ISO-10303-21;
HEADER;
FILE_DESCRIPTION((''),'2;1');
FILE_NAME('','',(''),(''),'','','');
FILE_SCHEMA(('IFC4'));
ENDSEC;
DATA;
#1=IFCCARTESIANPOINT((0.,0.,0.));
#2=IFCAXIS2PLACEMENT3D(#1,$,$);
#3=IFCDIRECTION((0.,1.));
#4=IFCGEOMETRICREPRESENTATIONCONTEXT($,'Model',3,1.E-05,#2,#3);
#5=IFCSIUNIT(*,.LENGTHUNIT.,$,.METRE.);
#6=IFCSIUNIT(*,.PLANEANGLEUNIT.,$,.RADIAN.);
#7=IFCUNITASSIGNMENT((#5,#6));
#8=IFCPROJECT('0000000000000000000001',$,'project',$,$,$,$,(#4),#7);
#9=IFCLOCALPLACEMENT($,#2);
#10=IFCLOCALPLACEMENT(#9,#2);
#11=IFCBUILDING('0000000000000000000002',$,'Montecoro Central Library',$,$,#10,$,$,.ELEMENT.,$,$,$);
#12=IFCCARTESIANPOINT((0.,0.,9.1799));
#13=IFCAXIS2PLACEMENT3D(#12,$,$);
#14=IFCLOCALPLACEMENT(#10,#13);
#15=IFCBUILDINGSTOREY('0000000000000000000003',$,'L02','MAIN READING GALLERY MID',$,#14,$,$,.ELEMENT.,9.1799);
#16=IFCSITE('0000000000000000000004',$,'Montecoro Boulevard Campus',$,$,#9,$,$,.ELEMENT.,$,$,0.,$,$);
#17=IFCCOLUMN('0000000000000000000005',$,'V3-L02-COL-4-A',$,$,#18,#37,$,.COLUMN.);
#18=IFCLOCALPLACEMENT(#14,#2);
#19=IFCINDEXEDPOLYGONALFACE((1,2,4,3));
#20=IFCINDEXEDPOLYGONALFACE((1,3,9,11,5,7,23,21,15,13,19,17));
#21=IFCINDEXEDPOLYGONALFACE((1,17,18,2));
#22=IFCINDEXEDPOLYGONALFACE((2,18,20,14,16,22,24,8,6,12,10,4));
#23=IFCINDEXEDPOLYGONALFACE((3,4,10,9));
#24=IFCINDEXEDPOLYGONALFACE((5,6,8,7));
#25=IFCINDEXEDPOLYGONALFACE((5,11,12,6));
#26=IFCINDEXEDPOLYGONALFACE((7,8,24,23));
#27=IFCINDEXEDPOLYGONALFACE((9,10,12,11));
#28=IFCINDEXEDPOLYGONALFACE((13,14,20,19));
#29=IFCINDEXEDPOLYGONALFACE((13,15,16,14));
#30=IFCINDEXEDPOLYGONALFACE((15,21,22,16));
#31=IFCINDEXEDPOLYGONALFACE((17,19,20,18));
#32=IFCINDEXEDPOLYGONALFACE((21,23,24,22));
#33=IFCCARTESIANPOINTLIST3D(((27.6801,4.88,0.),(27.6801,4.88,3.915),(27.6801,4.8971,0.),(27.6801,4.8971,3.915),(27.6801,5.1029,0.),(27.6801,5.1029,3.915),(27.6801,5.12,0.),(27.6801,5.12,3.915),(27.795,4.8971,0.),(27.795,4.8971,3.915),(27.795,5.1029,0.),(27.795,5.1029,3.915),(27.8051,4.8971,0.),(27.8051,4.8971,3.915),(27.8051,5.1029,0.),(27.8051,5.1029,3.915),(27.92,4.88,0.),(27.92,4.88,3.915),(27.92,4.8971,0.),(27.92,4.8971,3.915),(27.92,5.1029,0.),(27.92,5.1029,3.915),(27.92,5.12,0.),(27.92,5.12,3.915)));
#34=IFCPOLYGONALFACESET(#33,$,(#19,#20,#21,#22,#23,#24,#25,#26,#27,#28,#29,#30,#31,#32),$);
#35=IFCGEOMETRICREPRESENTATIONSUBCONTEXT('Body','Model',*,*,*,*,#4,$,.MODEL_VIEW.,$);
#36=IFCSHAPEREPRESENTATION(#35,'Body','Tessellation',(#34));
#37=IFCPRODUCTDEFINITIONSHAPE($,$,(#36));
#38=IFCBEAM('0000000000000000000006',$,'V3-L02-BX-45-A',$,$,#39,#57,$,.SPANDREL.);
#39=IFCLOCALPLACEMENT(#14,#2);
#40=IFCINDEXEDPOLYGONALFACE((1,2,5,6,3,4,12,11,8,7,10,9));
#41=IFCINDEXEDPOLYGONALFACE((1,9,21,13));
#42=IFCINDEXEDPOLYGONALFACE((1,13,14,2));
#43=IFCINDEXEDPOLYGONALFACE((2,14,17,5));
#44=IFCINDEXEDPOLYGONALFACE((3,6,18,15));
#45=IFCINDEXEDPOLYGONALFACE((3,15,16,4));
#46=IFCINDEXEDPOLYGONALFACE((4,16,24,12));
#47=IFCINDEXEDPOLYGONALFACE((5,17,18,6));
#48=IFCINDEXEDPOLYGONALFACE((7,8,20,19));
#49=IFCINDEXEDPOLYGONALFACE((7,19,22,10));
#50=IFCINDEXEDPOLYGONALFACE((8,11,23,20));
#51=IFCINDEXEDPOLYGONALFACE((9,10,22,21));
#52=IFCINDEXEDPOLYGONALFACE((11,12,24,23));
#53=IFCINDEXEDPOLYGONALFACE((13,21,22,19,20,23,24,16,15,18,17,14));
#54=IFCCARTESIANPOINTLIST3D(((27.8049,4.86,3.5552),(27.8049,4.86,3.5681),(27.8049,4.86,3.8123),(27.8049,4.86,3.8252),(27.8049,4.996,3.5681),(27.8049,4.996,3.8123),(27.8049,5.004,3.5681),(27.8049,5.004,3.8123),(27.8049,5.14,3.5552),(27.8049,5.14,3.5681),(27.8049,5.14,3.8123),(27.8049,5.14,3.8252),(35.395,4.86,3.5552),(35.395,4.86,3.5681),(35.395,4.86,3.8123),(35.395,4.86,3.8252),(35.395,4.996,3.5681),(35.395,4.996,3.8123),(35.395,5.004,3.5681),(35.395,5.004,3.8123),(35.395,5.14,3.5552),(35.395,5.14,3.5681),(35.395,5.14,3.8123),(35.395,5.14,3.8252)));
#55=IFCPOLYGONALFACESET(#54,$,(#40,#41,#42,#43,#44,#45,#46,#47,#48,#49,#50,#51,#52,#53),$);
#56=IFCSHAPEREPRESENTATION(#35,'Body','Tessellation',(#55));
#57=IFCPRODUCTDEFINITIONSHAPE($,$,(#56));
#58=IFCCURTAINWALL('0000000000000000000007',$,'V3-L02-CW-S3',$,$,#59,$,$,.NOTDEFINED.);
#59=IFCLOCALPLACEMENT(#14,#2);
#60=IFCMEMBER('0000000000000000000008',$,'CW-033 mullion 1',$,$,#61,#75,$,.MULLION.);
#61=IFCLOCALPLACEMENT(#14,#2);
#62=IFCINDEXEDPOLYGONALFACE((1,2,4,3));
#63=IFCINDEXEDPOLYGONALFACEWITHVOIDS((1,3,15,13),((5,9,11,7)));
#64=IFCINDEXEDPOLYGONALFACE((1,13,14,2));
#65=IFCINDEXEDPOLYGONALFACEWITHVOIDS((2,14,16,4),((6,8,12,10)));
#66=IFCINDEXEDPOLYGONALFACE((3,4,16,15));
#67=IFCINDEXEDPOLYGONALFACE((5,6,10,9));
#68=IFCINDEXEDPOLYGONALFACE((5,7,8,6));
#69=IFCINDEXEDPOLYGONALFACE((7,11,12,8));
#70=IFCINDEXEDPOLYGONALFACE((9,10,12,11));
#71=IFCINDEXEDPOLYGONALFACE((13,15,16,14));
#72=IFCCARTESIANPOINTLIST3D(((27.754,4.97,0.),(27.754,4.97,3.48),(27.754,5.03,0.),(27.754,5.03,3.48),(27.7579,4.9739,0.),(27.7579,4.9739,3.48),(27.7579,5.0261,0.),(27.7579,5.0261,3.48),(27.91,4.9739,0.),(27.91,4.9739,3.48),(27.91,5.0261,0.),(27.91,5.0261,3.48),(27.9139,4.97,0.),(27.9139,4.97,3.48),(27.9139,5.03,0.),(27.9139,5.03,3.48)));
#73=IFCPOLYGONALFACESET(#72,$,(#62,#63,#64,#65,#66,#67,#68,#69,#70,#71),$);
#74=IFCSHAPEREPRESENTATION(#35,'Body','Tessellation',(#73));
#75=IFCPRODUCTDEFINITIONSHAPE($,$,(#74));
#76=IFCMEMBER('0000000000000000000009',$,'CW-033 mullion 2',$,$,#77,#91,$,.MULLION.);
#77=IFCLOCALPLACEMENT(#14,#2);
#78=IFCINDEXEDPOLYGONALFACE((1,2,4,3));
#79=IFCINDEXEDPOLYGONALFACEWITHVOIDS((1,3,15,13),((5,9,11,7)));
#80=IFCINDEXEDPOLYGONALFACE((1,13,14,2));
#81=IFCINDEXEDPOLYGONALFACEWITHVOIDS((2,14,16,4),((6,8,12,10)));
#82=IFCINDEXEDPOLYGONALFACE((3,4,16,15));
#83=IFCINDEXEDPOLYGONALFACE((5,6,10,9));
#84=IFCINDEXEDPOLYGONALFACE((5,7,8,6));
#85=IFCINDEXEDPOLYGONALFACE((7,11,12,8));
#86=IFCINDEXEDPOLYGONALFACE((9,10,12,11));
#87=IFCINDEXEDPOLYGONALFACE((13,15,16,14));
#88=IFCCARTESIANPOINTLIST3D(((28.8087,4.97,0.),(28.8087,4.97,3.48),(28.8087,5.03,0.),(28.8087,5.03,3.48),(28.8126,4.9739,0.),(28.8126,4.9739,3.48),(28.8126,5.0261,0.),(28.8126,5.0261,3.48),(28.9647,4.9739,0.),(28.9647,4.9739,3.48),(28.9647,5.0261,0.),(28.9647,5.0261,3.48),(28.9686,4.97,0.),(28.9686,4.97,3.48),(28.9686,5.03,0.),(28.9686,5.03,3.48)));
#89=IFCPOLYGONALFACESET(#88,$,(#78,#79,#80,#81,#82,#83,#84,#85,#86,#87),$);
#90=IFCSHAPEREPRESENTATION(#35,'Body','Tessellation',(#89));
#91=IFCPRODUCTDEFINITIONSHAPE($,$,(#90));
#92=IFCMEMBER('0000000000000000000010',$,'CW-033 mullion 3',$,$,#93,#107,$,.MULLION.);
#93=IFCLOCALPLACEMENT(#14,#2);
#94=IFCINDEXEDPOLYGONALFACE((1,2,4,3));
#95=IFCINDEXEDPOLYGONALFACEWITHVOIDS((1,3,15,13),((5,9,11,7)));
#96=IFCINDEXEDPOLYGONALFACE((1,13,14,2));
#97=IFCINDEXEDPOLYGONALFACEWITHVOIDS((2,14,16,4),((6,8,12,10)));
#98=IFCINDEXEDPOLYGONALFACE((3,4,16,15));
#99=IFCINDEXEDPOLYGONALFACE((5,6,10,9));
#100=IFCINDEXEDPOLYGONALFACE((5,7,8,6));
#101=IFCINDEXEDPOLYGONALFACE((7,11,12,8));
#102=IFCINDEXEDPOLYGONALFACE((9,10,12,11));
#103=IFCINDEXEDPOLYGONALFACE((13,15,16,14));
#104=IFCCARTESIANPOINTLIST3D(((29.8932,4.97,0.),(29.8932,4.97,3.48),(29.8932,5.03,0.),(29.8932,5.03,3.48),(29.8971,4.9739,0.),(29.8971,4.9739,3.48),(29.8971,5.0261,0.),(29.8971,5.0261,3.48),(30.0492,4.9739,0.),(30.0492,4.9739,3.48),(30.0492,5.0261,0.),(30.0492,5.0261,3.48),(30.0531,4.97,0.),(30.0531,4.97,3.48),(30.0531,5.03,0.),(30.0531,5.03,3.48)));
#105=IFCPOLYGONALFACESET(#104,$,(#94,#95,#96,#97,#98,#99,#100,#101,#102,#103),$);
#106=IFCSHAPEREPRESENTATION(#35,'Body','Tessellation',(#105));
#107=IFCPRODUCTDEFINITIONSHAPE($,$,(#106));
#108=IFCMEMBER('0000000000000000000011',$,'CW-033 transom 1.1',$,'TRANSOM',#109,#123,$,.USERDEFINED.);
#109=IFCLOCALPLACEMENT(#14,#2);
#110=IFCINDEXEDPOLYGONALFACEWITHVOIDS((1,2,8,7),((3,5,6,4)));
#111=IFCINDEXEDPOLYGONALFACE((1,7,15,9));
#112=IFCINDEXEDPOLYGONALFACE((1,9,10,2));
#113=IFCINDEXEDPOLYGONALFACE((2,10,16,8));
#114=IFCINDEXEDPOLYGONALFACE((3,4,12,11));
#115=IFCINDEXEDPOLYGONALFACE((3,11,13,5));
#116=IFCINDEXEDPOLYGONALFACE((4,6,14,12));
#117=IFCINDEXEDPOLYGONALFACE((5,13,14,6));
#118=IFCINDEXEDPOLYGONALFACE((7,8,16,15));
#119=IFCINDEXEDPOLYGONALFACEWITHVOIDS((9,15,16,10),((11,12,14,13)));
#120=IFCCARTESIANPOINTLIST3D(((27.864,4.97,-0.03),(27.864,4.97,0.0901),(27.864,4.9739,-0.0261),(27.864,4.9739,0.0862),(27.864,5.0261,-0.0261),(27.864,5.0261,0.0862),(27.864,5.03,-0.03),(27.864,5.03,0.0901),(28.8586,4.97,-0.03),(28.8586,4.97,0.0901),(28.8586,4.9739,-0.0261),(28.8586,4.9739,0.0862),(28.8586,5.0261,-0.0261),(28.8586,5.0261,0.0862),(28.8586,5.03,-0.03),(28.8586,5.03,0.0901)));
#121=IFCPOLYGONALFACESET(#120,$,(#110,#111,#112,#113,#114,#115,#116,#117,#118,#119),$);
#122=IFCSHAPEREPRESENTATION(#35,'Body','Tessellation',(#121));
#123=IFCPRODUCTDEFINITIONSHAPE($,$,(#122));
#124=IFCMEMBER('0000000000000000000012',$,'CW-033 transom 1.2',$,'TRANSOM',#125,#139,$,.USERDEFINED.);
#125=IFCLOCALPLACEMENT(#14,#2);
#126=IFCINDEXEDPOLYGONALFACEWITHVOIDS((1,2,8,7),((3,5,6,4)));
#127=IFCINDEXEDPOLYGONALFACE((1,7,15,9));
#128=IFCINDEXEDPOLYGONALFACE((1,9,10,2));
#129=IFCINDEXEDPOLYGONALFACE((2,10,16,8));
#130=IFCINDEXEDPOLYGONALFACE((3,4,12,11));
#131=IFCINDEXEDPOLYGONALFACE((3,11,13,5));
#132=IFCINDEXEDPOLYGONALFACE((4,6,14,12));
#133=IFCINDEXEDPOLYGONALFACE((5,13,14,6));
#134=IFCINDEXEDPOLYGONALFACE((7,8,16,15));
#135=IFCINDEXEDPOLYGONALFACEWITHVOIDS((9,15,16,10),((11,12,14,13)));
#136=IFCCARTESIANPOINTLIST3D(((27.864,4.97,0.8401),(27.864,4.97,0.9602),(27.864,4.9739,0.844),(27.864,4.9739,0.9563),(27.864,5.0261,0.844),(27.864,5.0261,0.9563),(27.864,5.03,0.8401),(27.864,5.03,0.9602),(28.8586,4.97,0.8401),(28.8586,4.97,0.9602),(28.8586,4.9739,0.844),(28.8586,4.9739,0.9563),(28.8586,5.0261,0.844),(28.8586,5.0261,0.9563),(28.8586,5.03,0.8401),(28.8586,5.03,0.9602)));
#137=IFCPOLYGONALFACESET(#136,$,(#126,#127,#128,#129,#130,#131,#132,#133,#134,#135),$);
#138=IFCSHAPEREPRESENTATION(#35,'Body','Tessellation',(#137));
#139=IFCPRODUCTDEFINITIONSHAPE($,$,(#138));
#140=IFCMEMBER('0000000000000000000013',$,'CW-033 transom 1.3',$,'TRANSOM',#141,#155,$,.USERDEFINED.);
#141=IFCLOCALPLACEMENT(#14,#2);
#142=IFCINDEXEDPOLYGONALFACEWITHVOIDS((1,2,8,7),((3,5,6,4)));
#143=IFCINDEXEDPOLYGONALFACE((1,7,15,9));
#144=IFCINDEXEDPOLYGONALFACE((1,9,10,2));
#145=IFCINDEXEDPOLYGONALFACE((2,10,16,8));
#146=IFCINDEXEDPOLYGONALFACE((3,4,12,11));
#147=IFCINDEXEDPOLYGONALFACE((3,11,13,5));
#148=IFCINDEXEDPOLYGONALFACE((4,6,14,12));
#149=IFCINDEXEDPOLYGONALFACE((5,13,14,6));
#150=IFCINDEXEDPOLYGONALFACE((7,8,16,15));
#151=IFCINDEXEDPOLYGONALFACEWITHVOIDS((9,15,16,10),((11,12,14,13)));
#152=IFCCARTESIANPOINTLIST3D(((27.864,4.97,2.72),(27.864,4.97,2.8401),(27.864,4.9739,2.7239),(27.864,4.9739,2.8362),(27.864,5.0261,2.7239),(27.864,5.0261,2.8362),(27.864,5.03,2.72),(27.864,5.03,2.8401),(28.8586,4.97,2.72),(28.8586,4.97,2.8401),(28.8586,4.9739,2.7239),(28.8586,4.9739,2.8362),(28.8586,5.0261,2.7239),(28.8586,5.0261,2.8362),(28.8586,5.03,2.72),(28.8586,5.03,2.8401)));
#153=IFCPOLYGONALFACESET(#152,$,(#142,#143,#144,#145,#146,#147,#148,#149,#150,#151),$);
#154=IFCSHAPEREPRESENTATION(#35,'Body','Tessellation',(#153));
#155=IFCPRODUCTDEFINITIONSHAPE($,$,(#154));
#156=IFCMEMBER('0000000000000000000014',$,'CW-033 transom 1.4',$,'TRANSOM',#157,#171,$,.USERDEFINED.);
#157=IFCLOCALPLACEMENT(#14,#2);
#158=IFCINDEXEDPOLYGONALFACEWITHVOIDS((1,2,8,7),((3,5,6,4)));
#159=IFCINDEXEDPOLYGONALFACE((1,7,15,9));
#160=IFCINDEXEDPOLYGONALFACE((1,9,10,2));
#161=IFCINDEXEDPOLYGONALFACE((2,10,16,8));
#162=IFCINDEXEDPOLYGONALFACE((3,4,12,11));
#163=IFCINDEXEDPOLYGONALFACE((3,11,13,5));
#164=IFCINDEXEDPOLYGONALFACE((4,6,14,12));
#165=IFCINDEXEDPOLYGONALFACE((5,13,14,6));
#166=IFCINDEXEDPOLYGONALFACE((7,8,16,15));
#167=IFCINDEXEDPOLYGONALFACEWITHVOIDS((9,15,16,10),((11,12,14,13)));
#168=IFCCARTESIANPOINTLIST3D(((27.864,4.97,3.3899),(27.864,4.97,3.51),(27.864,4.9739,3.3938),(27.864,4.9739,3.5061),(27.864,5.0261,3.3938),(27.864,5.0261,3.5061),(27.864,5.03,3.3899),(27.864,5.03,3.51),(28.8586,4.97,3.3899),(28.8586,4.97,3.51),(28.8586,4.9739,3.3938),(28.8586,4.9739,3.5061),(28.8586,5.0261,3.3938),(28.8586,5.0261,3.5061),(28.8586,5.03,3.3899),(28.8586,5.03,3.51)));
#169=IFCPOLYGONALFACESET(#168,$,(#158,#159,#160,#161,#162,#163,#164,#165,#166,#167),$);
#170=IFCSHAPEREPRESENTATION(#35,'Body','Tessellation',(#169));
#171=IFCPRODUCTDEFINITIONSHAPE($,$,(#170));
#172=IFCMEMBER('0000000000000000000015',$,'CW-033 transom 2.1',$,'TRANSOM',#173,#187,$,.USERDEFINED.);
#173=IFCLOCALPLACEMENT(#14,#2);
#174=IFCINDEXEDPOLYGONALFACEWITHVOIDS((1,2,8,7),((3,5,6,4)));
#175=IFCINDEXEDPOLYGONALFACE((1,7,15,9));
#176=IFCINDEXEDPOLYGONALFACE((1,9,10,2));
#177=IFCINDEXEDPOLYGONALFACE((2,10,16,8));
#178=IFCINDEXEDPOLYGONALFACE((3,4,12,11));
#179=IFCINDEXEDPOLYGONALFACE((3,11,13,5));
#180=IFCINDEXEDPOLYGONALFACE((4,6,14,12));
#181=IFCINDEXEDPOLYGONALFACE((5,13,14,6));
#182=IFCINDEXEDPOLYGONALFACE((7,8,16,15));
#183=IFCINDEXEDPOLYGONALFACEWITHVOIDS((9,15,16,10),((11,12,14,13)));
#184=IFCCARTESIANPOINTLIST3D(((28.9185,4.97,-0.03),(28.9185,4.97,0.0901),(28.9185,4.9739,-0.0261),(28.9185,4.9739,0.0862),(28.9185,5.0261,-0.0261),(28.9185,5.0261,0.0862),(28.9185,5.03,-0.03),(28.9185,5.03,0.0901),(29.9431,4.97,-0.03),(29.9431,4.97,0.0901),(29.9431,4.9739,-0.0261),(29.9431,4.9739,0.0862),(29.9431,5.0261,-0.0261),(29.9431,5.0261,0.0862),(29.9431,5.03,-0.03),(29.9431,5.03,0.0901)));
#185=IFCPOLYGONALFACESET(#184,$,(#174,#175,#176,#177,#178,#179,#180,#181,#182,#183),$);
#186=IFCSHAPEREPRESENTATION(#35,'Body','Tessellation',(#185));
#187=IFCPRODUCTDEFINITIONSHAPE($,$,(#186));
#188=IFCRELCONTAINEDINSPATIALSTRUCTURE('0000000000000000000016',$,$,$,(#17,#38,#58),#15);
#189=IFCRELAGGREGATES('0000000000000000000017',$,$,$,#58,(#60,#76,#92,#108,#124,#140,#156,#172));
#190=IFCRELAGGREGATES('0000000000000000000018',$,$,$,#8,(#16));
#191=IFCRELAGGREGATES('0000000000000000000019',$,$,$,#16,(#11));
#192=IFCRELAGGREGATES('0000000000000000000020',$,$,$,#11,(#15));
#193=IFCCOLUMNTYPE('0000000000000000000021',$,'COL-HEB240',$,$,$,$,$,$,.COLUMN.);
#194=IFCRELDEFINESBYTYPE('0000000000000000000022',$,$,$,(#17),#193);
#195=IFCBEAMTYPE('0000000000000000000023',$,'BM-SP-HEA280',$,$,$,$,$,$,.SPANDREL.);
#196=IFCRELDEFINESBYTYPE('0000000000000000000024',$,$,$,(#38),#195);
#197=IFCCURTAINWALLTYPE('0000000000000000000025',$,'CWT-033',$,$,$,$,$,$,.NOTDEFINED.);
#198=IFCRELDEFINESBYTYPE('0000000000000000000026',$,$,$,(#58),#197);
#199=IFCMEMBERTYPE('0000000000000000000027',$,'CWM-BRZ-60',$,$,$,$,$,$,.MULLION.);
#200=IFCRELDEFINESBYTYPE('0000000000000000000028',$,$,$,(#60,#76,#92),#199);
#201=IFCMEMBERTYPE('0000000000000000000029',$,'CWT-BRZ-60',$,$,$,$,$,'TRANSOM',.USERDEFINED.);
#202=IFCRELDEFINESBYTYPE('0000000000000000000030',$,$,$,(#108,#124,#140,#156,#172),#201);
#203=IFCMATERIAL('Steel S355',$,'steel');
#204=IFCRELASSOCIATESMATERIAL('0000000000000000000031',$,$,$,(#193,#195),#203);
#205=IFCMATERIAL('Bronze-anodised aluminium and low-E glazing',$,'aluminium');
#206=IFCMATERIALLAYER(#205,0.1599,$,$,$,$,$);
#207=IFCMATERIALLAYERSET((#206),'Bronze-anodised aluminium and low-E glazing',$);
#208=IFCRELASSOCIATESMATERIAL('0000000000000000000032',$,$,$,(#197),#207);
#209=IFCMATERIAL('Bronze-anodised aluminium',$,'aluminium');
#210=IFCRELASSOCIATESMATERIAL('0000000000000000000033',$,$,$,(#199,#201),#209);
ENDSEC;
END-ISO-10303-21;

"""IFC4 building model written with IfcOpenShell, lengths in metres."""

from ifc_helpers import new_model, si_unit, direction, frame, origin, origin_2d, place, context, subcontext, project, spatial, hollow_rectangle, i_section, extrude, material, layer, layer_set, material_profile, profile_set, type_object, element, aggregate, save


model = new_model("IFC4")

# Units and contexts
model_context = context("Model", 3, precision=1e-05, world=origin(), true_north=direction((0.0, 1.0)))
body_context = subcontext(model_context, "Body", "Model", "MODEL_VIEW")
ifc_project = project(units=[si_unit("LENGTHUNIT", "METRE"), si_unit("PLANEANGLEUNIT", "RADIAN")], contexts=[model_context])

# Site, building, storey
site_placement = place(None, origin())
site = spatial("IfcSite", under=ifc_project, at=site_placement, Name="Montecoro Boulevard Campus", CompositionType="ELEMENT", RefElevation=0.0)
building_placement = place(site_placement, origin())
building = spatial("IfcBuilding", under=site, at=building_placement, Name="Montecoro Central Library", CompositionType="ELEMENT")
storey_placement = place(building_placement, frame((0.0, 0.0, 9.1799)))
storey = spatial("IfcBuildingStorey", under=building, at=storey_placement, Name="L02", Description="MAIN READING GALLERY MID", CompositionType="ELEMENT", Elevation=9.1799)

# Column
ifc_material_1 = material(Name="Steel S355", Category="steel")
ifc_material_profile_1 = material_profile(ifc_material_1, i_section(OverallWidth=0.24, OverallDepth=0.24, WebThickness=0.01, FlangeThickness=0.0171, at=origin_2d()), Name="HEB 240")
ifc_profile_set_1 = profile_set([ifc_material_profile_1], Name="Steel S355")
column_type = type_object("IfcColumnType", Name="COL-HEB240", PredefinedType="COLUMN", material=ifc_profile_set_1)
column_placement = place(storey_placement, frame((27.8, 5.0, 0.0), z_axis=(0.0, 0.0, 1.0), x_axis=(1.0, 0.0, 0.0)))
element("IfcColumn", 1, at=column_placement, inside=storey, type_object=column_type, Name="V3-L02-COL-4-A", PredefinedType="COLUMN", context=body_context, shape_type="SweptSolid", body=[
    extrude(i_section(OverallWidth=0.24, OverallDepth=0.24, WebThickness=0.01, FlangeThickness=0.0171, at=origin_2d()), origin(), (0.0, 0.0, 1.0), 3.915),
])

# Beam
ifc_material_profile_2 = material_profile(ifc_material_1, i_section(OverallWidth=0.28, OverallDepth=0.27, WebThickness=0.0081, FlangeThickness=0.0129, at=origin_2d()), Name="HEA 280")
ifc_profile_set_2 = profile_set([ifc_material_profile_2], Name="Steel S355")
beam_type = type_object("IfcBeamType", Name="BM-SP-HEA280", PredefinedType="SPANDREL", material=ifc_profile_set_2)
beam_placement = place(storey_placement, frame((27.8049, 5.0, 3.6902), z_axis=(1.0, 0.0, 0.0), x_axis=(0.0, 1.0, 0.0)))
element("IfcBeam", 2, at=beam_placement, inside=storey, type_object=beam_type, Name="V3-L02-BX-45-A", PredefinedType="SPANDREL", context=body_context, shape_type="SweptSolid", body=[
    extrude(i_section(OverallWidth=0.28, OverallDepth=0.27, WebThickness=0.0081, FlangeThickness=0.0129, at=origin_2d()), origin(), (0.0, 0.0, 1.0), 7.5901),
])

# Curtain wall, members
ifc_material_2 = material(Name="Bronze-anodised aluminium and low-E glazing", Category="aluminium")
ifc_layer_1 = layer(ifc_material_2, 0.1599)
ifc_layer_set_1 = layer_set([ifc_layer_1], Name="Bronze-anodised aluminium and low-E glazing")
curtain_wall_type = type_object("IfcCurtainWallType", Name="CWT-033", PredefinedType="NOTDEFINED", material=ifc_layer_set_1)
curtain_wall_placement = place(storey_placement, origin())
curtain_wall = element("IfcCurtainWall", 3, at=curtain_wall_placement, inside=storey, type_object=curtain_wall_type, Name="V3-L02-CW-S3", PredefinedType="NOTDEFINED")
ifc_material_3 = material(Name="Bronze-anodised aluminium", Category="aluminium")
ifc_material_profile_3 = material_profile(ifc_material_3, hollow_rectangle(XDim=0.0601, YDim=0.1599, WallThickness=0.0039, at=origin_2d()), Name="CWM 160x60x4.0")
ifc_profile_set_3 = profile_set([ifc_material_profile_3], Name="Bronze-anodised aluminium")
member_type_1 = type_object("IfcMemberType", Name="CWM-BRZ-60", PredefinedType="MULLION", material=ifc_profile_set_3)
member_1_placement = place(storey_placement, frame((27.834, 5.0, 0.0), z_axis=(0.0, 0.0, 1.0), x_axis=(0.0, 1.0, 0.0)))
member_1 = element("IfcMember", 4, at=member_1_placement, type_object=member_type_1, Name="CW-033 mullion 1", PredefinedType="MULLION", context=body_context, shape_type="SweptSolid", body=[
    extrude(hollow_rectangle(XDim=0.0601, YDim=0.1599, WallThickness=0.0039, at=origin_2d()), origin(), (0.0, 0.0, 1.0), 3.48),
])
member_2_placement = place(storey_placement, frame((28.8887, 5.0, 0.0), z_axis=(0.0, 0.0, 1.0), x_axis=(0.0, 1.0, 0.0)))
member_2 = element("IfcMember", 5, at=member_2_placement, type_object=member_type_1, Name="CW-033 mullion 2", PredefinedType="MULLION", context=body_context, shape_type="SweptSolid", body=[
    extrude(hollow_rectangle(XDim=0.0601, YDim=0.1599, WallThickness=0.0039, at=origin_2d()), origin(), (0.0, 0.0, 1.0), 3.48),
])
member_3_placement = place(storey_placement, frame((29.9731, 5.0, 0.0), z_axis=(0.0, 0.0, 1.0), x_axis=(0.0, 1.0, 0.0)))
member_3 = element("IfcMember", 6, at=member_3_placement, type_object=member_type_1, Name="CW-033 mullion 3", PredefinedType="MULLION", context=body_context, shape_type="SweptSolid", body=[
    extrude(hollow_rectangle(XDim=0.0601, YDim=0.1599, WallThickness=0.0039, at=origin_2d()), origin(), (0.0, 0.0, 1.0), 3.48),
])
ifc_material_profile_4 = material_profile(ifc_material_3, hollow_rectangle(XDim=0.0601, YDim=0.1201, WallThickness=0.0039, at=origin_2d()), Name="CWT 120x60x4.0")
ifc_profile_set_4 = profile_set([ifc_material_profile_4], Name="Bronze-anodised aluminium")
member_type_2 = type_object("IfcMemberType", Name="CWT-BRZ-60", ElementType="TRANSOM", PredefinedType="USERDEFINED", material=ifc_profile_set_4)
member_4_placement = place(storey_placement, frame((27.864, 5.0, 0.03), z_axis=(1.0, 0.0, 0.0), x_axis=(0.0, 1.0, 0.0)))
member_4 = element("IfcMember", 7, at=member_4_placement, type_object=member_type_2, Name="CW-033 transom 1.1", ObjectType="TRANSOM", PredefinedType="USERDEFINED", context=body_context, shape_type="SweptSolid", body=[
    extrude(hollow_rectangle(XDim=0.0601, YDim=0.1201, WallThickness=0.0039, at=origin_2d()), origin(), (0.0, 0.0, 1.0), 0.9946),
])
member_5_placement = place(storey_placement, frame((27.864, 5.0, 0.9001), z_axis=(1.0, 0.0, 0.0), x_axis=(0.0, 1.0, 0.0)))
member_5 = element("IfcMember", 8, at=member_5_placement, type_object=member_type_2, Name="CW-033 transom 1.2", ObjectType="TRANSOM", PredefinedType="USERDEFINED", context=body_context, shape_type="SweptSolid", body=[
    extrude(hollow_rectangle(XDim=0.0601, YDim=0.1201, WallThickness=0.0039, at=origin_2d()), origin(), (0.0, 0.0, 1.0), 0.9946),
])
member_6_placement = place(storey_placement, frame((27.864, 5.0, 2.78), z_axis=(1.0, 0.0, 0.0), x_axis=(0.0, 1.0, 0.0)))
member_6 = element("IfcMember", 9, at=member_6_placement, type_object=member_type_2, Name="CW-033 transom 1.3", ObjectType="TRANSOM", PredefinedType="USERDEFINED", context=body_context, shape_type="SweptSolid", body=[
    extrude(hollow_rectangle(XDim=0.0601, YDim=0.1201, WallThickness=0.0039, at=origin_2d()), origin(), (0.0, 0.0, 1.0), 0.9946),
])
member_7_placement = place(storey_placement, frame((27.864, 5.0, 3.45), z_axis=(1.0, 0.0, 0.0), x_axis=(0.0, 1.0, 0.0)))
member_7 = element("IfcMember", 10, at=member_7_placement, type_object=member_type_2, Name="CW-033 transom 1.4", ObjectType="TRANSOM", PredefinedType="USERDEFINED", context=body_context, shape_type="SweptSolid", body=[
    extrude(hollow_rectangle(XDim=0.0601, YDim=0.1201, WallThickness=0.0039, at=origin_2d()), origin(), (0.0, 0.0, 1.0), 0.9946),
])
member_8_placement = place(storey_placement, frame((28.9185, 5.0, 0.03), z_axis=(1.0, 0.0, 0.0), x_axis=(0.0, 1.0, 0.0)))
member_8 = element("IfcMember", 11, at=member_8_placement, type_object=member_type_2, Name="CW-033 transom 2.1", ObjectType="TRANSOM", PredefinedType="USERDEFINED", context=body_context, shape_type="SweptSolid", body=[
    extrude(hollow_rectangle(XDim=0.0601, YDim=0.1201, WallThickness=0.0039, at=origin_2d()), origin(), (0.0, 0.0, 1.0), 1.0247),
])
aggregate(curtain_wall, [member_1, member_2, member_3, member_4, member_5, member_6, member_7, member_8])

save(model, "model.ifc")
